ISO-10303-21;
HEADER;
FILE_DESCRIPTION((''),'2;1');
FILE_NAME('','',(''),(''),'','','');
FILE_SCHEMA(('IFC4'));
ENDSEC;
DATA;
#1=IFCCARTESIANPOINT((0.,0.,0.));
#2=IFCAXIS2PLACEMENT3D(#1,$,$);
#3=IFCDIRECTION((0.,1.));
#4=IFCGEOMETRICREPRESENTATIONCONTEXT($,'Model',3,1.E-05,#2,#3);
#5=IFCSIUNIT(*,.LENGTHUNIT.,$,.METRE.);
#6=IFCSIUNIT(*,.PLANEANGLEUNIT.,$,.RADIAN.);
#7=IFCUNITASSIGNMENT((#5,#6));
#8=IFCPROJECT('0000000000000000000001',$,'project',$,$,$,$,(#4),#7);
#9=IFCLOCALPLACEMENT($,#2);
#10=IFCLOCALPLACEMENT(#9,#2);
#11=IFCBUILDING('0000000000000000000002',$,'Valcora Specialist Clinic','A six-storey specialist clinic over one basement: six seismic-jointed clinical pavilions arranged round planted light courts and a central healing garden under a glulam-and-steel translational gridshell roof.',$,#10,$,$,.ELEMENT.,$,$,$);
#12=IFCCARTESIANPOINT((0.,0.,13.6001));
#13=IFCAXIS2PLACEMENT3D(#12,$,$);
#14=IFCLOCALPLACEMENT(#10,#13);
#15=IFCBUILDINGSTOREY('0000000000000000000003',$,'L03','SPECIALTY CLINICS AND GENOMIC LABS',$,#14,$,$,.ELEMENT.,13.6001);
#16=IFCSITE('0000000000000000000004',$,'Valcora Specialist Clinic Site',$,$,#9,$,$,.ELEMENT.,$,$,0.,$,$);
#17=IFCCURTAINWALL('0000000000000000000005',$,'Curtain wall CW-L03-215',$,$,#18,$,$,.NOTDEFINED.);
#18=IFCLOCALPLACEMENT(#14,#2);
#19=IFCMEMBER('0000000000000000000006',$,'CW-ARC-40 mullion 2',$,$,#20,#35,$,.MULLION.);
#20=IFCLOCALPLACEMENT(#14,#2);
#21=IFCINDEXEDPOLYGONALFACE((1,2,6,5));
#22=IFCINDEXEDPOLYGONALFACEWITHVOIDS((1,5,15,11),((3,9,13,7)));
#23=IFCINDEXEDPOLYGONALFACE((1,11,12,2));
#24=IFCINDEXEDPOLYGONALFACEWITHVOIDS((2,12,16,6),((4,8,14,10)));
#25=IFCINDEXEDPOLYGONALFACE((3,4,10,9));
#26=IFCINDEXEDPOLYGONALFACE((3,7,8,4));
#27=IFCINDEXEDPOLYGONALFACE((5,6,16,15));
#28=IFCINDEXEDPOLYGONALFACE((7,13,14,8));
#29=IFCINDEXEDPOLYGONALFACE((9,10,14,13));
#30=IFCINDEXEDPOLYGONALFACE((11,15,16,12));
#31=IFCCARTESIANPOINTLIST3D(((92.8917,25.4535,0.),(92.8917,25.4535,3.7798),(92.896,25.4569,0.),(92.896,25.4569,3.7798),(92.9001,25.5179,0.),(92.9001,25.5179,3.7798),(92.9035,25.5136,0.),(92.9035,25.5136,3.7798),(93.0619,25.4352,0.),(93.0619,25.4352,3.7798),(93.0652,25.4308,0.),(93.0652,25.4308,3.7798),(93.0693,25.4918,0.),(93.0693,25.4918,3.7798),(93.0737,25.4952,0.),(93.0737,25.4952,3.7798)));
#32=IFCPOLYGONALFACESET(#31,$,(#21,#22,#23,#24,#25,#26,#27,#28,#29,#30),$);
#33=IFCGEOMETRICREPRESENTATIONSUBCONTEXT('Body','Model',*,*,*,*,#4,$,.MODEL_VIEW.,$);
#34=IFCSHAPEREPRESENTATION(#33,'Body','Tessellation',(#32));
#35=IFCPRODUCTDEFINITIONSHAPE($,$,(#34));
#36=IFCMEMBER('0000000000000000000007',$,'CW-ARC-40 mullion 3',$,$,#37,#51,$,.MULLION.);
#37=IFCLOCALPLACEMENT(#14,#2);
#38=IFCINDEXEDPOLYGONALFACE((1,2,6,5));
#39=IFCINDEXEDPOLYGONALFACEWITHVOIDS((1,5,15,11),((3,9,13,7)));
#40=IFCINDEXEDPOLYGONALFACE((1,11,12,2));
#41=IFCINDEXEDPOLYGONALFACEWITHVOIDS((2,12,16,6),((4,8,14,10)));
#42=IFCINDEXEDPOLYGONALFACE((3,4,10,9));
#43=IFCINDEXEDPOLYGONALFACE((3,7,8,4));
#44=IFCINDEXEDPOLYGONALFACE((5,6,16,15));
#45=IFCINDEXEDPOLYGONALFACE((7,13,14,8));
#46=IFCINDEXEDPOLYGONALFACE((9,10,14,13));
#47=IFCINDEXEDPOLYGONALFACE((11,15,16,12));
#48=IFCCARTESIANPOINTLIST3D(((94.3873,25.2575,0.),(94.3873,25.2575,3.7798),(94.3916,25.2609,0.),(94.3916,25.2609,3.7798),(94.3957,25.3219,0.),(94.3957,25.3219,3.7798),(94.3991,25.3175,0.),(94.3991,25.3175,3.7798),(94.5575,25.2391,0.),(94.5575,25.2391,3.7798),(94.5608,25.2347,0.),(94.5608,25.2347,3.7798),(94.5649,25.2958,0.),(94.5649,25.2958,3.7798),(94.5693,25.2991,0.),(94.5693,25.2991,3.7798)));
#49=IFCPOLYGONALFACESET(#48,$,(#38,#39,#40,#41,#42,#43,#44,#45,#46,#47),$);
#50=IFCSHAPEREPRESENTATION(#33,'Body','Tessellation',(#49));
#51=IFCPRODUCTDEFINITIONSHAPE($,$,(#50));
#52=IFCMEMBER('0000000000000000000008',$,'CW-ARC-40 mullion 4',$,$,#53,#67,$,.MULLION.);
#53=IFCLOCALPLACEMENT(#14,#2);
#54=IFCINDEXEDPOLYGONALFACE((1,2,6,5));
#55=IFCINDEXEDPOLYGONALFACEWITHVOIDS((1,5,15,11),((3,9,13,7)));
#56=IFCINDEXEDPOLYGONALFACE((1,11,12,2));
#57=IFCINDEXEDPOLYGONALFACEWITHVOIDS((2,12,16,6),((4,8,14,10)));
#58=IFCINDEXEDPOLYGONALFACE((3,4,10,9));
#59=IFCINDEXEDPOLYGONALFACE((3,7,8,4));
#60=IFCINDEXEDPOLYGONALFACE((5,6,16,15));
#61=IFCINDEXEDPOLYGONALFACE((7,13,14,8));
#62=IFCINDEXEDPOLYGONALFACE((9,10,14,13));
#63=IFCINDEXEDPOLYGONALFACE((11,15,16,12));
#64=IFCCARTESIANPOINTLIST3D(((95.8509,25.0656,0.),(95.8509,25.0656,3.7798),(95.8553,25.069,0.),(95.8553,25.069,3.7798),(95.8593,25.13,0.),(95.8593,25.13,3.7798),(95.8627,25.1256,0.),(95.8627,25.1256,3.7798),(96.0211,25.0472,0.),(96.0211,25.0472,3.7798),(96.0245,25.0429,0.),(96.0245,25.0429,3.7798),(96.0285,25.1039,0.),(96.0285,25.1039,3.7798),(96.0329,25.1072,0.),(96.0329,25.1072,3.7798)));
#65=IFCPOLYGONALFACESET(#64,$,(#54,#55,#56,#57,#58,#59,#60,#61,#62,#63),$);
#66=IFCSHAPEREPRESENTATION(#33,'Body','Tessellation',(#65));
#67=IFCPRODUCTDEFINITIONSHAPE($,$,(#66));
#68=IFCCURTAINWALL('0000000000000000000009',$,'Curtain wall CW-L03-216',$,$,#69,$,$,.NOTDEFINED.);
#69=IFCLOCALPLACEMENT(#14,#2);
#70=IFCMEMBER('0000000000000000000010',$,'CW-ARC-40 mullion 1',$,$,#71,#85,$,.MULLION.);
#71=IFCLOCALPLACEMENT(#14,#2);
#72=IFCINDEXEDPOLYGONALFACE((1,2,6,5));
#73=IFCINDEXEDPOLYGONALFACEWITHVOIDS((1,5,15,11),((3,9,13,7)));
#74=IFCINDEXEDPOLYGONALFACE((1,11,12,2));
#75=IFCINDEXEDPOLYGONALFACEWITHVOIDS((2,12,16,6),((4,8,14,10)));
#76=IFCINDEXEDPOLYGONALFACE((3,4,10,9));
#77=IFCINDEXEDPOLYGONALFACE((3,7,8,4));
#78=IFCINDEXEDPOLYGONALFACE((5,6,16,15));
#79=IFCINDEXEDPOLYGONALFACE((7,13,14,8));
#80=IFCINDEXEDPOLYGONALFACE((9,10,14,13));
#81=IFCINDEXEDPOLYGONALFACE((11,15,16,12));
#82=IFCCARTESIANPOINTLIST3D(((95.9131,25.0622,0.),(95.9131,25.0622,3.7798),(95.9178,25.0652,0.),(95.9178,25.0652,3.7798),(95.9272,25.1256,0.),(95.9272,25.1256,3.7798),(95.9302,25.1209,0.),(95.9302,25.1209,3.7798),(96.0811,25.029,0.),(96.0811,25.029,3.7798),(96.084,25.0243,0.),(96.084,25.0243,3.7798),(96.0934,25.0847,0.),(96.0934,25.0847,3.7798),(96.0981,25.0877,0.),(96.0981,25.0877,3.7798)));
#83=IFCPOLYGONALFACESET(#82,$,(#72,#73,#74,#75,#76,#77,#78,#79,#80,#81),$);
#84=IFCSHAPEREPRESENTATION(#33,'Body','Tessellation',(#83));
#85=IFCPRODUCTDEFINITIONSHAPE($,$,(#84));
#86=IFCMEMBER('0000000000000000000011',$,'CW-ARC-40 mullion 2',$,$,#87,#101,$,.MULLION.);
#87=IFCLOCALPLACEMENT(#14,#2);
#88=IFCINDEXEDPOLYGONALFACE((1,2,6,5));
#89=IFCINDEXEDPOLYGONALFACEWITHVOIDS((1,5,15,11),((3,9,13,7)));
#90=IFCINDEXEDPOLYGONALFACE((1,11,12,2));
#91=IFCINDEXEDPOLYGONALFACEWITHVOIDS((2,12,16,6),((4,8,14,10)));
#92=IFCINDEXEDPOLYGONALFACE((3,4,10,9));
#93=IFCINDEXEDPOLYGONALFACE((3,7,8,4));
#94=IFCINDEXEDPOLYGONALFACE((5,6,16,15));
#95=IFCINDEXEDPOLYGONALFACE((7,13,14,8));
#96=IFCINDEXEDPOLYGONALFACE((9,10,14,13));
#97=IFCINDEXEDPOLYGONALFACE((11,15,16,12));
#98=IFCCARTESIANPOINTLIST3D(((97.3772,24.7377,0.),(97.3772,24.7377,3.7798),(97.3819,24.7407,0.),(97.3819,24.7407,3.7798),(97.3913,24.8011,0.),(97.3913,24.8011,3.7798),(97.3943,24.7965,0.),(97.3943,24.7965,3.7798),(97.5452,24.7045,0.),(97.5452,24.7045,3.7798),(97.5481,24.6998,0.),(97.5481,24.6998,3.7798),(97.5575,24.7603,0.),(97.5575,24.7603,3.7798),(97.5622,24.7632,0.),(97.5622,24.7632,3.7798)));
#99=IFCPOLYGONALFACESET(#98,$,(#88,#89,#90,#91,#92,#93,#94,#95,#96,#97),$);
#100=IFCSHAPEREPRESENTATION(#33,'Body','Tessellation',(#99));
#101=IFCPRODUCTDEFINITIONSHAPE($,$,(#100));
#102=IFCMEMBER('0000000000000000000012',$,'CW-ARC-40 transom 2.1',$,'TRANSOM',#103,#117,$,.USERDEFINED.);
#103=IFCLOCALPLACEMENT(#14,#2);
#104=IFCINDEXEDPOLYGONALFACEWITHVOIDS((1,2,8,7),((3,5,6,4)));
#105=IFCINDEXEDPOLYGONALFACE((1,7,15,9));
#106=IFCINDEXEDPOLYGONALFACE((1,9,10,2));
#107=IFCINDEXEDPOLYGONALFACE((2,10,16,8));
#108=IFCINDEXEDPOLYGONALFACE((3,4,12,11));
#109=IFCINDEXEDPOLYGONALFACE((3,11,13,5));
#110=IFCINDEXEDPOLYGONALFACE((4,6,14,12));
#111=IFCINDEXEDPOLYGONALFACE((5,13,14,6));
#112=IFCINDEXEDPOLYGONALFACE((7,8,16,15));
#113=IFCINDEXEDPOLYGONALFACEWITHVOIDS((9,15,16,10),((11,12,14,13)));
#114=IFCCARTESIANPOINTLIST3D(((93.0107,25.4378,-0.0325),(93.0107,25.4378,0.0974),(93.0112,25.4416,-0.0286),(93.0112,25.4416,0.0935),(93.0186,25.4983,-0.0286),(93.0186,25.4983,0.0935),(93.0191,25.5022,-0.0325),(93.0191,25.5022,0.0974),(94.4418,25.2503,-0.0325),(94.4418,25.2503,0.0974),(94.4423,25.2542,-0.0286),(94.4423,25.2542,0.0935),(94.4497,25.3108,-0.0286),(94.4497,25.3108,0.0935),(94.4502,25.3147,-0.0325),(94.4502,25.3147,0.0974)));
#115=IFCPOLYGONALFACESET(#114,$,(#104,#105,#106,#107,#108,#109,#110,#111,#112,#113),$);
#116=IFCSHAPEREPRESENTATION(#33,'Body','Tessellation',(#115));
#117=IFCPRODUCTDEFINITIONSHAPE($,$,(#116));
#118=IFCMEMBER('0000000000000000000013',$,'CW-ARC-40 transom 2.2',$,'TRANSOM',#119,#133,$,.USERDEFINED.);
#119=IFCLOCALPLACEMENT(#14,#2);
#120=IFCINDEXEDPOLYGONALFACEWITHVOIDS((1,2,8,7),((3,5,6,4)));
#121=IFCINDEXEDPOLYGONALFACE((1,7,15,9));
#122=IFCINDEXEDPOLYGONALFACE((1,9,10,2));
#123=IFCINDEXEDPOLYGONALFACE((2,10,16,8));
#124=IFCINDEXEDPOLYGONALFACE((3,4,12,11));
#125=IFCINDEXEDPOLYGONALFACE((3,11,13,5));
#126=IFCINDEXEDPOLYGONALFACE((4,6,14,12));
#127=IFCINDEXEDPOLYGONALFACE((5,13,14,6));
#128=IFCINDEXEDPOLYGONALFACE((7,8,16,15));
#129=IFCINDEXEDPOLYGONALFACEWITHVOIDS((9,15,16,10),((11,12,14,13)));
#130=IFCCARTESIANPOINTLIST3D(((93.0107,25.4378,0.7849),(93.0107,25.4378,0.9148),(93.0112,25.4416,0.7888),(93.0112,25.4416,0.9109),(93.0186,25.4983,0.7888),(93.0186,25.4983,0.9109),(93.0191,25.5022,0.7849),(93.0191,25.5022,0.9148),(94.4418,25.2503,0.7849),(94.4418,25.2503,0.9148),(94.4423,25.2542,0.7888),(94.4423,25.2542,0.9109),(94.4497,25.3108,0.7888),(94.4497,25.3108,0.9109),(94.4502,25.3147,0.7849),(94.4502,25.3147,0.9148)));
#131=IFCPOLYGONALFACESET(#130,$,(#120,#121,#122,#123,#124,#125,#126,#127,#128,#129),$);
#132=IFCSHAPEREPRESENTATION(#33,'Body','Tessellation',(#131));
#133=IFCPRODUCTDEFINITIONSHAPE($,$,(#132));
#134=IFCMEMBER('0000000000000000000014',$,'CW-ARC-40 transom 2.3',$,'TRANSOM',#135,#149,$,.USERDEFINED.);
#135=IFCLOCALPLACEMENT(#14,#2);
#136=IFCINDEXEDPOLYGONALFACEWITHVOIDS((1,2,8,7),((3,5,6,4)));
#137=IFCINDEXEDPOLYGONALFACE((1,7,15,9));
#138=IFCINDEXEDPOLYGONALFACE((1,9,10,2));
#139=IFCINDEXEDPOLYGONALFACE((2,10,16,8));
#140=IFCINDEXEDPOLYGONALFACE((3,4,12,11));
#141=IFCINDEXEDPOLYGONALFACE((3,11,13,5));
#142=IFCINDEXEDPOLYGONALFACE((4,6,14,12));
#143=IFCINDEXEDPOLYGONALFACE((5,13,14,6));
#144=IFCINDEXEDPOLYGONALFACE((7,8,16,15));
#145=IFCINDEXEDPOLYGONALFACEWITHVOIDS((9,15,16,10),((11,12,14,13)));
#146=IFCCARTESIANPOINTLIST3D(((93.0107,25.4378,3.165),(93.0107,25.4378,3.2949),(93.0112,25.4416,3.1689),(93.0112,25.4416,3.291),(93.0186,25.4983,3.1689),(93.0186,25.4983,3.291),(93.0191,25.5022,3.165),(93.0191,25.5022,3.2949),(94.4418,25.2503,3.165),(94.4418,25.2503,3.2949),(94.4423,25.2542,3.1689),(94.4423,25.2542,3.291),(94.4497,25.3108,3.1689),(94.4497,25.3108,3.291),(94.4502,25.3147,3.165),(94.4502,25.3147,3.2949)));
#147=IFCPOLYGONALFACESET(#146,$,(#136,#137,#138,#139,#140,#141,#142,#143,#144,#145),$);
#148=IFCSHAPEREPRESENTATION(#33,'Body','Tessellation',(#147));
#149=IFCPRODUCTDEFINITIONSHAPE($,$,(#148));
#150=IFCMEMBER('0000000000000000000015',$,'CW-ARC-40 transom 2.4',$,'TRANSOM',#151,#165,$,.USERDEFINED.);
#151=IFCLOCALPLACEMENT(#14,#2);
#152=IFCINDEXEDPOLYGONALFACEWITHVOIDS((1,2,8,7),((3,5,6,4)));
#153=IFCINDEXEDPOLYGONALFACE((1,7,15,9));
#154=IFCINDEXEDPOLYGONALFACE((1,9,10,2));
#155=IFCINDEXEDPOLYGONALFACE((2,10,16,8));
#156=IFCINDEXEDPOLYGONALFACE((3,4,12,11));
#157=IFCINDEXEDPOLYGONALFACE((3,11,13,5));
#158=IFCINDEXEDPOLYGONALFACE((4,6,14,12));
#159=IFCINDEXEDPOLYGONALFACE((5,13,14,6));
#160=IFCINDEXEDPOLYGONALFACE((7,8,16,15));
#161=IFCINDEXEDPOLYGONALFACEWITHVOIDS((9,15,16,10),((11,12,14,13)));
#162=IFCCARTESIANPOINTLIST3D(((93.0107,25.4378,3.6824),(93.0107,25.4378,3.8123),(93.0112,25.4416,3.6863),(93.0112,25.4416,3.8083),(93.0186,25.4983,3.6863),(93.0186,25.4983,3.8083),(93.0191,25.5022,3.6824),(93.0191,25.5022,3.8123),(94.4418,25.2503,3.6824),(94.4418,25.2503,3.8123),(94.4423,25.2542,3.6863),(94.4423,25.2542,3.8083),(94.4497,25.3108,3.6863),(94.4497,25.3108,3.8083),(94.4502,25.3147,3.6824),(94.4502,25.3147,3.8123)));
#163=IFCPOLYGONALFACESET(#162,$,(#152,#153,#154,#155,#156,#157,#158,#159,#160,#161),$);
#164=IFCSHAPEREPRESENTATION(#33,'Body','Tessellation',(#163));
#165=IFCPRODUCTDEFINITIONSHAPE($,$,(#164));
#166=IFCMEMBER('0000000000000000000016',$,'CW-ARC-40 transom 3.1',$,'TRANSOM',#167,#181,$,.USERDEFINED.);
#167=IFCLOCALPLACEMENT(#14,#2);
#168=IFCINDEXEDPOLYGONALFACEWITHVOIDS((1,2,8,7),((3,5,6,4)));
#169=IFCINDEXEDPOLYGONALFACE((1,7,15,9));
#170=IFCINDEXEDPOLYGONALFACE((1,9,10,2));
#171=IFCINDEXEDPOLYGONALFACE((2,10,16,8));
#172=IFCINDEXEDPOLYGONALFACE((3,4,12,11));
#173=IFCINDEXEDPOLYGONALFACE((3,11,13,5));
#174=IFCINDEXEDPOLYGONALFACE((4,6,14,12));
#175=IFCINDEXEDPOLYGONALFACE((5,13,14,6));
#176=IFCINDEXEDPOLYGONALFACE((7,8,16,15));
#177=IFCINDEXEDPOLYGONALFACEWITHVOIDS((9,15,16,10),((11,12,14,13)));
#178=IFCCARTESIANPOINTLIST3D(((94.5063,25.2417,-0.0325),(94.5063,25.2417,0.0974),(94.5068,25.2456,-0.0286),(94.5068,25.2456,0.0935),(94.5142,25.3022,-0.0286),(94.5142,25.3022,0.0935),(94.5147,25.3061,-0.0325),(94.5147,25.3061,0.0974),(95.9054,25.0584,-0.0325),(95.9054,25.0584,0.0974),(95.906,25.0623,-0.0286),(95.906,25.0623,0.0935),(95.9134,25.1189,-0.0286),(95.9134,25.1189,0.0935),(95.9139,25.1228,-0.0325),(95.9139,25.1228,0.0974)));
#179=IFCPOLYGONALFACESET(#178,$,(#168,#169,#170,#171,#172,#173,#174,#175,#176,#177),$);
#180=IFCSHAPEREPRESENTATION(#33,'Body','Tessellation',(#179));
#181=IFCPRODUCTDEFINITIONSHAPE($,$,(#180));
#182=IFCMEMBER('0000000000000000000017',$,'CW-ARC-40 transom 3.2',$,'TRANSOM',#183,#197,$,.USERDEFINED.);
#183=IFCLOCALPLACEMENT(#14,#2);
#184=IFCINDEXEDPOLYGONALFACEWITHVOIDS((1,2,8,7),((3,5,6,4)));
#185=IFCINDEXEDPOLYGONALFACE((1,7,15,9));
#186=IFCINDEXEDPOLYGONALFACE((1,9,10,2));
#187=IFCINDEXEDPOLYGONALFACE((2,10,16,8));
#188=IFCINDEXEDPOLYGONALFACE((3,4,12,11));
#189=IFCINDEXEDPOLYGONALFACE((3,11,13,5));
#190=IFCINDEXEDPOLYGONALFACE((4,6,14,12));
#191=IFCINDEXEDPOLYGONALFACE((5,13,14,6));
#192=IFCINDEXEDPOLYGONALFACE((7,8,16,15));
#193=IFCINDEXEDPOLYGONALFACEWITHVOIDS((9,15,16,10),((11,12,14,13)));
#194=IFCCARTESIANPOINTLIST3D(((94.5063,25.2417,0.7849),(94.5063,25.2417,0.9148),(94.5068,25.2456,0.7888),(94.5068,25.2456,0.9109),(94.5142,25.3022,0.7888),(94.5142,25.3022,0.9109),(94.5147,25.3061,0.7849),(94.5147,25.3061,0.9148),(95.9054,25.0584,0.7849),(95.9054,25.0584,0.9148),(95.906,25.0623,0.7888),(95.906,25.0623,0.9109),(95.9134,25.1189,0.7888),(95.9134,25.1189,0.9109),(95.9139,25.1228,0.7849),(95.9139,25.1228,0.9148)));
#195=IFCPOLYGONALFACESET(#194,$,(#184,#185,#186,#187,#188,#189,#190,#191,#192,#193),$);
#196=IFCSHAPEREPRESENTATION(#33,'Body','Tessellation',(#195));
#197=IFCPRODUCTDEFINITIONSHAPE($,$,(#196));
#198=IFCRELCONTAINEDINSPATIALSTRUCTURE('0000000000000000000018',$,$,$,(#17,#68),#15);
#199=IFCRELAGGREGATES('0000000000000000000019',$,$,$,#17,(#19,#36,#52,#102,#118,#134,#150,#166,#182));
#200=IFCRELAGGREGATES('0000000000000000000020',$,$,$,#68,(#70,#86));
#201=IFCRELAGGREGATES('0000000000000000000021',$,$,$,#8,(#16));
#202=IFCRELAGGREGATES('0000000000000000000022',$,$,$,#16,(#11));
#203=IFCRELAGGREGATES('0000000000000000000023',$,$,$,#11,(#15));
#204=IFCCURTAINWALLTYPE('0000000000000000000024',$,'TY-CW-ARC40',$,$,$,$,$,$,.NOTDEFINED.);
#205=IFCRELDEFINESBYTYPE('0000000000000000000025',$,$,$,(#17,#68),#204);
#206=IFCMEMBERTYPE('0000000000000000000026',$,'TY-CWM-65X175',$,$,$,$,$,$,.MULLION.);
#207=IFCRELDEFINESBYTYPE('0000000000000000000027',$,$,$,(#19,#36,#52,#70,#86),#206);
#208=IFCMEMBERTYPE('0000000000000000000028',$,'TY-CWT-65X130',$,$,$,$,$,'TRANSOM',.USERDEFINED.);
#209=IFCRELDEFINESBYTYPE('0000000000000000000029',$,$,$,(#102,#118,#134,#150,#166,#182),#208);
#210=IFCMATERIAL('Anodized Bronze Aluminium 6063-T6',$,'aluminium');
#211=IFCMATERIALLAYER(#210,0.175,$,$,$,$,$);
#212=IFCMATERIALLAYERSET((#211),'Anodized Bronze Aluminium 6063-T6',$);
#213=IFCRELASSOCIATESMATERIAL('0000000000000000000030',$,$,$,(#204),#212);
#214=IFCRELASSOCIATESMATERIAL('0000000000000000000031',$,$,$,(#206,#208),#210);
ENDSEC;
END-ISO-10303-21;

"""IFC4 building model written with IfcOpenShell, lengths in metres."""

from ifc_helpers import new_model, si_unit, direction, frame, origin, origin_2d, place, context, subcontext, project, spatial, hollow_rectangle, extrude, material, layer, layer_set, material_profile, profile_set, type_object, element, aggregate, save


model = new_model("IFC4")

# Units and contexts
model_context = context("Model", 3, precision=1e-05, world=origin(), true_north=direction((0.0, 1.0)))
body_context = subcontext(model_context, "Body", "Model", "MODEL_VIEW")
ifc_project = project(units=[si_unit("LENGTHUNIT", "METRE"), si_unit("PLANEANGLEUNIT", "RADIAN")], contexts=[model_context])

# Site, building, storey
site_placement = place(None, origin())
site = spatial("IfcSite", under=ifc_project, at=site_placement, Name="Valcora Specialist Clinic Site", CompositionType="ELEMENT", RefElevation=0.0)
building_placement = place(site_placement, origin())
building = spatial("IfcBuilding", under=site, at=building_placement, Name="Valcora Specialist Clinic", Description="A six-storey specialist clinic over one basement: six seismic-jointed clinical pavilions arranged round planted light courts and a central healing garden under a glulam-and-steel translational gridshell roof.", CompositionType="ELEMENT")
storey_placement = place(building_placement, frame((0.0, 0.0, 13.6001)))
storey = spatial("IfcBuildingStorey", under=building, at=storey_placement, Name="L03", Description="SPECIALTY CLINICS AND GENOMIC LABS", CompositionType="ELEMENT", Elevation=13.6001)

# Curtain walls, members
ifc_material_1 = material(Name="Anodized Bronze Aluminium 6063-T6", Category="aluminium")
ifc_layer_1 = layer(ifc_material_1, 0.175)
ifc_layer_set_1 = layer_set([ifc_layer_1], Name="Anodized Bronze Aluminium 6063-T6")
curtain_wall_type = type_object("IfcCurtainWallType", Name="TY-CW-ARC40", PredefinedType="NOTDEFINED", material=ifc_layer_set_1)
curtain_wall_1_placement = place(storey_placement, origin())
curtain_wall_1 = element("IfcCurtainWall", 1, at=curtain_wall_1_placement, inside=storey, type_object=curtain_wall_type, Name="Curtain wall CW-L03-215", PredefinedType="NOTDEFINED")
ifc_material_profile_1 = material_profile(ifc_material_1, hollow_rectangle(XDim=0.0649, YDim=0.175, WallThickness=0.0039, at=origin_2d()), Name="AL-MUL-65X175")
ifc_profile_set_1 = profile_set([ifc_material_profile_1], Name="Anodized Bronze Aluminium 6063-T6")
member_type_1 = type_object("IfcMemberType", Name="TY-CWM-65X175", PredefinedType="MULLION", material=ifc_profile_set_1)
member_1_placement = place(storey_placement, frame((92.9827, 25.4744, 0.0), z_axis=(0.0, 0.0, 1.0), x_axis=(0.129999, 0.991514, 0.0)))
member_1 = element("IfcMember", 2, at=member_1_placement, type_object=member_type_1, Name="CW-ARC-40 mullion 2", PredefinedType="MULLION", context=body_context, shape_type="SweptSolid", body=[
    extrude(hollow_rectangle(XDim=0.0649, YDim=0.175, WallThickness=0.0039, at=origin_2d()), origin(), (0.0, 0.0, 1.0), 3.7798),
])
member_2_placement = place(storey_placement, frame((94.4783, 25.2783, 0.0), z_axis=(0.0, 0.0, 1.0), x_axis=(0.129999, 0.991514, 0.0)))
member_2 = element("IfcMember", 3, at=member_2_placement, type_object=member_type_1, Name="CW-ARC-40 mullion 3", PredefinedType="MULLION", context=body_context, shape_type="SweptSolid", body=[
    extrude(hollow_rectangle(XDim=0.0649, YDim=0.175, WallThickness=0.0039, at=origin_2d()), origin(), (0.0, 0.0, 1.0), 3.7798),
])
member_3_placement = place(storey_placement, frame((95.9419, 25.0864, 0.0), z_axis=(0.0, 0.0, 1.0), x_axis=(0.129999, 0.991514, 0.0)))
member_3 = element("IfcMember", 4, at=member_3_placement, type_object=member_type_1, Name="CW-ARC-40 mullion 4", PredefinedType="MULLION", context=body_context, shape_type="SweptSolid", body=[
    extrude(hollow_rectangle(XDim=0.0649, YDim=0.175, WallThickness=0.0039, at=origin_2d()), origin(), (0.0, 0.0, 1.0), 3.7798),
])
curtain_wall_2_placement = place(storey_placement, origin())
curtain_wall_2 = element("IfcCurtainWall", 5, at=curtain_wall_2_placement, inside=storey, type_object=curtain_wall_type, Name="Curtain wall CW-L03-216", PredefinedType="NOTDEFINED")
member_4_placement = place(storey_placement, frame((96.0056, 25.075, 0.0), z_axis=(0.0, 0.0, 1.0), x_axis=(0.216518, 0.976279, 0.0)))
member_4 = element("IfcMember", 6, at=member_4_placement, type_object=member_type_1, Name="CW-ARC-40 mullion 1", PredefinedType="MULLION", context=body_context, shape_type="SweptSolid", body=[
    extrude(hollow_rectangle(XDim=0.0649, YDim=0.175, WallThickness=0.0039, at=origin_2d()), origin(), (0.0, 0.0, 1.0), 3.7798),
])
member_5_placement = place(storey_placement, frame((97.4697, 24.7505, 0.0), z_axis=(0.0, 0.0, 1.0), x_axis=(0.216518, 0.976279, 0.0)))
member_5 = element("IfcMember", 7, at=member_5_placement, type_object=member_type_1, Name="CW-ARC-40 mullion 2", PredefinedType="MULLION", context=body_context, shape_type="SweptSolid", body=[
    extrude(hollow_rectangle(XDim=0.0649, YDim=0.175, WallThickness=0.0039, at=origin_2d()), origin(), (0.0, 0.0, 1.0), 3.7798),
])

# Members
ifc_material_profile_2 = material_profile(ifc_material_1, hollow_rectangle(XDim=0.0649, YDim=0.1299, WallThickness=0.0039, at=origin_2d()), Name="AL-TRN-65X130")
ifc_profile_set_2 = profile_set([ifc_material_profile_2], Name="Anodized Bronze Aluminium 6063-T6")
member_type_2 = type_object("IfcMemberType", Name="TY-CWT-65X130", ElementType="TRANSOM", PredefinedType="USERDEFINED", material=ifc_profile_set_2)
member_6_placement = place(storey_placement, frame((93.0149, 25.47, 0.0325), z_axis=(0.991527, -0.129903, 0.0), x_axis=(0.129903, 0.991527, 0.0)))
member_6 = element("IfcMember", 8, at=member_6_placement, type_object=member_type_2, Name="CW-ARC-40 transom 2.1", ObjectType="TRANSOM", PredefinedType="USERDEFINED", context=body_context, shape_type="SweptSolid", body=[
    extrude(hollow_rectangle(XDim=0.0649, YDim=0.1299, WallThickness=0.0039, at=origin_2d()), origin(), (0.0, 0.0, 1.0), 1.4434),
])
member_7_placement = place(storey_placement, frame((93.0149, 25.47, 0.8499), z_axis=(0.991527, -0.129903, 0.0), x_axis=(0.129903, 0.991527, 0.0)))
member_7 = element("IfcMember", 9, at=member_7_placement, type_object=member_type_2, Name="CW-ARC-40 transom 2.2", ObjectType="TRANSOM", PredefinedType="USERDEFINED", context=body_context, shape_type="SweptSolid", body=[
    extrude(hollow_rectangle(XDim=0.0649, YDim=0.1299, WallThickness=0.0039, at=origin_2d()), origin(), (0.0, 0.0, 1.0), 1.4434),
])
member_8_placement = place(storey_placement, frame((93.0149, 25.47, 3.23), z_axis=(0.991527, -0.129903, 0.0), x_axis=(0.129903, 0.991527, 0.0)))
member_8 = element("IfcMember", 10, at=member_8_placement, type_object=member_type_2, Name="CW-ARC-40 transom 2.3", ObjectType="TRANSOM", PredefinedType="USERDEFINED", context=body_context, shape_type="SweptSolid", body=[
    extrude(hollow_rectangle(XDim=0.0649, YDim=0.1299, WallThickness=0.0039, at=origin_2d()), origin(), (0.0, 0.0, 1.0), 1.4434),
])
member_9_placement = place(storey_placement, frame((93.0149, 25.47, 3.7473), z_axis=(0.991527, -0.129903, 0.0), x_axis=(0.129903, 0.991527, 0.0)))
member_9 = element("IfcMember", 11, at=member_9_placement, type_object=member_type_2, Name="CW-ARC-40 transom 2.4", ObjectType="TRANSOM", PredefinedType="USERDEFINED", context=body_context, shape_type="SweptSolid", body=[
    extrude(hollow_rectangle(XDim=0.0649, YDim=0.1299, WallThickness=0.0039, at=origin_2d()), origin(), (0.0, 0.0, 1.0), 1.4434),
])
member_10_placement = place(storey_placement, frame((94.5105, 25.2739, 0.0325), z_axis=(0.991523, -0.129931, 0.0), x_axis=(0.129931, 0.991523, 0.0)))
member_10 = element("IfcMember", 12, at=member_10_placement, type_object=member_type_2, Name="CW-ARC-40 transom 3.1", ObjectType="TRANSOM", PredefinedType="USERDEFINED", context=body_context, shape_type="SweptSolid", body=[
    extrude(hollow_rectangle(XDim=0.0649, YDim=0.1299, WallThickness=0.0039, at=origin_2d()), origin(), (0.0, 0.0, 1.0), 1.4111),
])
member_11_placement = place(storey_placement, frame((94.5105, 25.2739, 0.8499), z_axis=(0.991523, -0.129931, 0.0), x_axis=(0.129931, 0.991523, 0.0)))
member_11 = element("IfcMember", 13, at=member_11_placement, type_object=member_type_2, Name="CW-ARC-40 transom 3.2", ObjectType="TRANSOM", PredefinedType="USERDEFINED", context=body_context, shape_type="SweptSolid", body=[
    extrude(hollow_rectangle(XDim=0.0649, YDim=0.1299, WallThickness=0.0039, at=origin_2d()), origin(), (0.0, 0.0, 1.0), 1.4111),
])

aggregate(curtain_wall_1, [member_1, member_2, member_3, member_6, member_7, member_8, member_9, member_10, member_11])
aggregate(curtain_wall_2, [member_4, member_5])

save(model, "model.ifc")
